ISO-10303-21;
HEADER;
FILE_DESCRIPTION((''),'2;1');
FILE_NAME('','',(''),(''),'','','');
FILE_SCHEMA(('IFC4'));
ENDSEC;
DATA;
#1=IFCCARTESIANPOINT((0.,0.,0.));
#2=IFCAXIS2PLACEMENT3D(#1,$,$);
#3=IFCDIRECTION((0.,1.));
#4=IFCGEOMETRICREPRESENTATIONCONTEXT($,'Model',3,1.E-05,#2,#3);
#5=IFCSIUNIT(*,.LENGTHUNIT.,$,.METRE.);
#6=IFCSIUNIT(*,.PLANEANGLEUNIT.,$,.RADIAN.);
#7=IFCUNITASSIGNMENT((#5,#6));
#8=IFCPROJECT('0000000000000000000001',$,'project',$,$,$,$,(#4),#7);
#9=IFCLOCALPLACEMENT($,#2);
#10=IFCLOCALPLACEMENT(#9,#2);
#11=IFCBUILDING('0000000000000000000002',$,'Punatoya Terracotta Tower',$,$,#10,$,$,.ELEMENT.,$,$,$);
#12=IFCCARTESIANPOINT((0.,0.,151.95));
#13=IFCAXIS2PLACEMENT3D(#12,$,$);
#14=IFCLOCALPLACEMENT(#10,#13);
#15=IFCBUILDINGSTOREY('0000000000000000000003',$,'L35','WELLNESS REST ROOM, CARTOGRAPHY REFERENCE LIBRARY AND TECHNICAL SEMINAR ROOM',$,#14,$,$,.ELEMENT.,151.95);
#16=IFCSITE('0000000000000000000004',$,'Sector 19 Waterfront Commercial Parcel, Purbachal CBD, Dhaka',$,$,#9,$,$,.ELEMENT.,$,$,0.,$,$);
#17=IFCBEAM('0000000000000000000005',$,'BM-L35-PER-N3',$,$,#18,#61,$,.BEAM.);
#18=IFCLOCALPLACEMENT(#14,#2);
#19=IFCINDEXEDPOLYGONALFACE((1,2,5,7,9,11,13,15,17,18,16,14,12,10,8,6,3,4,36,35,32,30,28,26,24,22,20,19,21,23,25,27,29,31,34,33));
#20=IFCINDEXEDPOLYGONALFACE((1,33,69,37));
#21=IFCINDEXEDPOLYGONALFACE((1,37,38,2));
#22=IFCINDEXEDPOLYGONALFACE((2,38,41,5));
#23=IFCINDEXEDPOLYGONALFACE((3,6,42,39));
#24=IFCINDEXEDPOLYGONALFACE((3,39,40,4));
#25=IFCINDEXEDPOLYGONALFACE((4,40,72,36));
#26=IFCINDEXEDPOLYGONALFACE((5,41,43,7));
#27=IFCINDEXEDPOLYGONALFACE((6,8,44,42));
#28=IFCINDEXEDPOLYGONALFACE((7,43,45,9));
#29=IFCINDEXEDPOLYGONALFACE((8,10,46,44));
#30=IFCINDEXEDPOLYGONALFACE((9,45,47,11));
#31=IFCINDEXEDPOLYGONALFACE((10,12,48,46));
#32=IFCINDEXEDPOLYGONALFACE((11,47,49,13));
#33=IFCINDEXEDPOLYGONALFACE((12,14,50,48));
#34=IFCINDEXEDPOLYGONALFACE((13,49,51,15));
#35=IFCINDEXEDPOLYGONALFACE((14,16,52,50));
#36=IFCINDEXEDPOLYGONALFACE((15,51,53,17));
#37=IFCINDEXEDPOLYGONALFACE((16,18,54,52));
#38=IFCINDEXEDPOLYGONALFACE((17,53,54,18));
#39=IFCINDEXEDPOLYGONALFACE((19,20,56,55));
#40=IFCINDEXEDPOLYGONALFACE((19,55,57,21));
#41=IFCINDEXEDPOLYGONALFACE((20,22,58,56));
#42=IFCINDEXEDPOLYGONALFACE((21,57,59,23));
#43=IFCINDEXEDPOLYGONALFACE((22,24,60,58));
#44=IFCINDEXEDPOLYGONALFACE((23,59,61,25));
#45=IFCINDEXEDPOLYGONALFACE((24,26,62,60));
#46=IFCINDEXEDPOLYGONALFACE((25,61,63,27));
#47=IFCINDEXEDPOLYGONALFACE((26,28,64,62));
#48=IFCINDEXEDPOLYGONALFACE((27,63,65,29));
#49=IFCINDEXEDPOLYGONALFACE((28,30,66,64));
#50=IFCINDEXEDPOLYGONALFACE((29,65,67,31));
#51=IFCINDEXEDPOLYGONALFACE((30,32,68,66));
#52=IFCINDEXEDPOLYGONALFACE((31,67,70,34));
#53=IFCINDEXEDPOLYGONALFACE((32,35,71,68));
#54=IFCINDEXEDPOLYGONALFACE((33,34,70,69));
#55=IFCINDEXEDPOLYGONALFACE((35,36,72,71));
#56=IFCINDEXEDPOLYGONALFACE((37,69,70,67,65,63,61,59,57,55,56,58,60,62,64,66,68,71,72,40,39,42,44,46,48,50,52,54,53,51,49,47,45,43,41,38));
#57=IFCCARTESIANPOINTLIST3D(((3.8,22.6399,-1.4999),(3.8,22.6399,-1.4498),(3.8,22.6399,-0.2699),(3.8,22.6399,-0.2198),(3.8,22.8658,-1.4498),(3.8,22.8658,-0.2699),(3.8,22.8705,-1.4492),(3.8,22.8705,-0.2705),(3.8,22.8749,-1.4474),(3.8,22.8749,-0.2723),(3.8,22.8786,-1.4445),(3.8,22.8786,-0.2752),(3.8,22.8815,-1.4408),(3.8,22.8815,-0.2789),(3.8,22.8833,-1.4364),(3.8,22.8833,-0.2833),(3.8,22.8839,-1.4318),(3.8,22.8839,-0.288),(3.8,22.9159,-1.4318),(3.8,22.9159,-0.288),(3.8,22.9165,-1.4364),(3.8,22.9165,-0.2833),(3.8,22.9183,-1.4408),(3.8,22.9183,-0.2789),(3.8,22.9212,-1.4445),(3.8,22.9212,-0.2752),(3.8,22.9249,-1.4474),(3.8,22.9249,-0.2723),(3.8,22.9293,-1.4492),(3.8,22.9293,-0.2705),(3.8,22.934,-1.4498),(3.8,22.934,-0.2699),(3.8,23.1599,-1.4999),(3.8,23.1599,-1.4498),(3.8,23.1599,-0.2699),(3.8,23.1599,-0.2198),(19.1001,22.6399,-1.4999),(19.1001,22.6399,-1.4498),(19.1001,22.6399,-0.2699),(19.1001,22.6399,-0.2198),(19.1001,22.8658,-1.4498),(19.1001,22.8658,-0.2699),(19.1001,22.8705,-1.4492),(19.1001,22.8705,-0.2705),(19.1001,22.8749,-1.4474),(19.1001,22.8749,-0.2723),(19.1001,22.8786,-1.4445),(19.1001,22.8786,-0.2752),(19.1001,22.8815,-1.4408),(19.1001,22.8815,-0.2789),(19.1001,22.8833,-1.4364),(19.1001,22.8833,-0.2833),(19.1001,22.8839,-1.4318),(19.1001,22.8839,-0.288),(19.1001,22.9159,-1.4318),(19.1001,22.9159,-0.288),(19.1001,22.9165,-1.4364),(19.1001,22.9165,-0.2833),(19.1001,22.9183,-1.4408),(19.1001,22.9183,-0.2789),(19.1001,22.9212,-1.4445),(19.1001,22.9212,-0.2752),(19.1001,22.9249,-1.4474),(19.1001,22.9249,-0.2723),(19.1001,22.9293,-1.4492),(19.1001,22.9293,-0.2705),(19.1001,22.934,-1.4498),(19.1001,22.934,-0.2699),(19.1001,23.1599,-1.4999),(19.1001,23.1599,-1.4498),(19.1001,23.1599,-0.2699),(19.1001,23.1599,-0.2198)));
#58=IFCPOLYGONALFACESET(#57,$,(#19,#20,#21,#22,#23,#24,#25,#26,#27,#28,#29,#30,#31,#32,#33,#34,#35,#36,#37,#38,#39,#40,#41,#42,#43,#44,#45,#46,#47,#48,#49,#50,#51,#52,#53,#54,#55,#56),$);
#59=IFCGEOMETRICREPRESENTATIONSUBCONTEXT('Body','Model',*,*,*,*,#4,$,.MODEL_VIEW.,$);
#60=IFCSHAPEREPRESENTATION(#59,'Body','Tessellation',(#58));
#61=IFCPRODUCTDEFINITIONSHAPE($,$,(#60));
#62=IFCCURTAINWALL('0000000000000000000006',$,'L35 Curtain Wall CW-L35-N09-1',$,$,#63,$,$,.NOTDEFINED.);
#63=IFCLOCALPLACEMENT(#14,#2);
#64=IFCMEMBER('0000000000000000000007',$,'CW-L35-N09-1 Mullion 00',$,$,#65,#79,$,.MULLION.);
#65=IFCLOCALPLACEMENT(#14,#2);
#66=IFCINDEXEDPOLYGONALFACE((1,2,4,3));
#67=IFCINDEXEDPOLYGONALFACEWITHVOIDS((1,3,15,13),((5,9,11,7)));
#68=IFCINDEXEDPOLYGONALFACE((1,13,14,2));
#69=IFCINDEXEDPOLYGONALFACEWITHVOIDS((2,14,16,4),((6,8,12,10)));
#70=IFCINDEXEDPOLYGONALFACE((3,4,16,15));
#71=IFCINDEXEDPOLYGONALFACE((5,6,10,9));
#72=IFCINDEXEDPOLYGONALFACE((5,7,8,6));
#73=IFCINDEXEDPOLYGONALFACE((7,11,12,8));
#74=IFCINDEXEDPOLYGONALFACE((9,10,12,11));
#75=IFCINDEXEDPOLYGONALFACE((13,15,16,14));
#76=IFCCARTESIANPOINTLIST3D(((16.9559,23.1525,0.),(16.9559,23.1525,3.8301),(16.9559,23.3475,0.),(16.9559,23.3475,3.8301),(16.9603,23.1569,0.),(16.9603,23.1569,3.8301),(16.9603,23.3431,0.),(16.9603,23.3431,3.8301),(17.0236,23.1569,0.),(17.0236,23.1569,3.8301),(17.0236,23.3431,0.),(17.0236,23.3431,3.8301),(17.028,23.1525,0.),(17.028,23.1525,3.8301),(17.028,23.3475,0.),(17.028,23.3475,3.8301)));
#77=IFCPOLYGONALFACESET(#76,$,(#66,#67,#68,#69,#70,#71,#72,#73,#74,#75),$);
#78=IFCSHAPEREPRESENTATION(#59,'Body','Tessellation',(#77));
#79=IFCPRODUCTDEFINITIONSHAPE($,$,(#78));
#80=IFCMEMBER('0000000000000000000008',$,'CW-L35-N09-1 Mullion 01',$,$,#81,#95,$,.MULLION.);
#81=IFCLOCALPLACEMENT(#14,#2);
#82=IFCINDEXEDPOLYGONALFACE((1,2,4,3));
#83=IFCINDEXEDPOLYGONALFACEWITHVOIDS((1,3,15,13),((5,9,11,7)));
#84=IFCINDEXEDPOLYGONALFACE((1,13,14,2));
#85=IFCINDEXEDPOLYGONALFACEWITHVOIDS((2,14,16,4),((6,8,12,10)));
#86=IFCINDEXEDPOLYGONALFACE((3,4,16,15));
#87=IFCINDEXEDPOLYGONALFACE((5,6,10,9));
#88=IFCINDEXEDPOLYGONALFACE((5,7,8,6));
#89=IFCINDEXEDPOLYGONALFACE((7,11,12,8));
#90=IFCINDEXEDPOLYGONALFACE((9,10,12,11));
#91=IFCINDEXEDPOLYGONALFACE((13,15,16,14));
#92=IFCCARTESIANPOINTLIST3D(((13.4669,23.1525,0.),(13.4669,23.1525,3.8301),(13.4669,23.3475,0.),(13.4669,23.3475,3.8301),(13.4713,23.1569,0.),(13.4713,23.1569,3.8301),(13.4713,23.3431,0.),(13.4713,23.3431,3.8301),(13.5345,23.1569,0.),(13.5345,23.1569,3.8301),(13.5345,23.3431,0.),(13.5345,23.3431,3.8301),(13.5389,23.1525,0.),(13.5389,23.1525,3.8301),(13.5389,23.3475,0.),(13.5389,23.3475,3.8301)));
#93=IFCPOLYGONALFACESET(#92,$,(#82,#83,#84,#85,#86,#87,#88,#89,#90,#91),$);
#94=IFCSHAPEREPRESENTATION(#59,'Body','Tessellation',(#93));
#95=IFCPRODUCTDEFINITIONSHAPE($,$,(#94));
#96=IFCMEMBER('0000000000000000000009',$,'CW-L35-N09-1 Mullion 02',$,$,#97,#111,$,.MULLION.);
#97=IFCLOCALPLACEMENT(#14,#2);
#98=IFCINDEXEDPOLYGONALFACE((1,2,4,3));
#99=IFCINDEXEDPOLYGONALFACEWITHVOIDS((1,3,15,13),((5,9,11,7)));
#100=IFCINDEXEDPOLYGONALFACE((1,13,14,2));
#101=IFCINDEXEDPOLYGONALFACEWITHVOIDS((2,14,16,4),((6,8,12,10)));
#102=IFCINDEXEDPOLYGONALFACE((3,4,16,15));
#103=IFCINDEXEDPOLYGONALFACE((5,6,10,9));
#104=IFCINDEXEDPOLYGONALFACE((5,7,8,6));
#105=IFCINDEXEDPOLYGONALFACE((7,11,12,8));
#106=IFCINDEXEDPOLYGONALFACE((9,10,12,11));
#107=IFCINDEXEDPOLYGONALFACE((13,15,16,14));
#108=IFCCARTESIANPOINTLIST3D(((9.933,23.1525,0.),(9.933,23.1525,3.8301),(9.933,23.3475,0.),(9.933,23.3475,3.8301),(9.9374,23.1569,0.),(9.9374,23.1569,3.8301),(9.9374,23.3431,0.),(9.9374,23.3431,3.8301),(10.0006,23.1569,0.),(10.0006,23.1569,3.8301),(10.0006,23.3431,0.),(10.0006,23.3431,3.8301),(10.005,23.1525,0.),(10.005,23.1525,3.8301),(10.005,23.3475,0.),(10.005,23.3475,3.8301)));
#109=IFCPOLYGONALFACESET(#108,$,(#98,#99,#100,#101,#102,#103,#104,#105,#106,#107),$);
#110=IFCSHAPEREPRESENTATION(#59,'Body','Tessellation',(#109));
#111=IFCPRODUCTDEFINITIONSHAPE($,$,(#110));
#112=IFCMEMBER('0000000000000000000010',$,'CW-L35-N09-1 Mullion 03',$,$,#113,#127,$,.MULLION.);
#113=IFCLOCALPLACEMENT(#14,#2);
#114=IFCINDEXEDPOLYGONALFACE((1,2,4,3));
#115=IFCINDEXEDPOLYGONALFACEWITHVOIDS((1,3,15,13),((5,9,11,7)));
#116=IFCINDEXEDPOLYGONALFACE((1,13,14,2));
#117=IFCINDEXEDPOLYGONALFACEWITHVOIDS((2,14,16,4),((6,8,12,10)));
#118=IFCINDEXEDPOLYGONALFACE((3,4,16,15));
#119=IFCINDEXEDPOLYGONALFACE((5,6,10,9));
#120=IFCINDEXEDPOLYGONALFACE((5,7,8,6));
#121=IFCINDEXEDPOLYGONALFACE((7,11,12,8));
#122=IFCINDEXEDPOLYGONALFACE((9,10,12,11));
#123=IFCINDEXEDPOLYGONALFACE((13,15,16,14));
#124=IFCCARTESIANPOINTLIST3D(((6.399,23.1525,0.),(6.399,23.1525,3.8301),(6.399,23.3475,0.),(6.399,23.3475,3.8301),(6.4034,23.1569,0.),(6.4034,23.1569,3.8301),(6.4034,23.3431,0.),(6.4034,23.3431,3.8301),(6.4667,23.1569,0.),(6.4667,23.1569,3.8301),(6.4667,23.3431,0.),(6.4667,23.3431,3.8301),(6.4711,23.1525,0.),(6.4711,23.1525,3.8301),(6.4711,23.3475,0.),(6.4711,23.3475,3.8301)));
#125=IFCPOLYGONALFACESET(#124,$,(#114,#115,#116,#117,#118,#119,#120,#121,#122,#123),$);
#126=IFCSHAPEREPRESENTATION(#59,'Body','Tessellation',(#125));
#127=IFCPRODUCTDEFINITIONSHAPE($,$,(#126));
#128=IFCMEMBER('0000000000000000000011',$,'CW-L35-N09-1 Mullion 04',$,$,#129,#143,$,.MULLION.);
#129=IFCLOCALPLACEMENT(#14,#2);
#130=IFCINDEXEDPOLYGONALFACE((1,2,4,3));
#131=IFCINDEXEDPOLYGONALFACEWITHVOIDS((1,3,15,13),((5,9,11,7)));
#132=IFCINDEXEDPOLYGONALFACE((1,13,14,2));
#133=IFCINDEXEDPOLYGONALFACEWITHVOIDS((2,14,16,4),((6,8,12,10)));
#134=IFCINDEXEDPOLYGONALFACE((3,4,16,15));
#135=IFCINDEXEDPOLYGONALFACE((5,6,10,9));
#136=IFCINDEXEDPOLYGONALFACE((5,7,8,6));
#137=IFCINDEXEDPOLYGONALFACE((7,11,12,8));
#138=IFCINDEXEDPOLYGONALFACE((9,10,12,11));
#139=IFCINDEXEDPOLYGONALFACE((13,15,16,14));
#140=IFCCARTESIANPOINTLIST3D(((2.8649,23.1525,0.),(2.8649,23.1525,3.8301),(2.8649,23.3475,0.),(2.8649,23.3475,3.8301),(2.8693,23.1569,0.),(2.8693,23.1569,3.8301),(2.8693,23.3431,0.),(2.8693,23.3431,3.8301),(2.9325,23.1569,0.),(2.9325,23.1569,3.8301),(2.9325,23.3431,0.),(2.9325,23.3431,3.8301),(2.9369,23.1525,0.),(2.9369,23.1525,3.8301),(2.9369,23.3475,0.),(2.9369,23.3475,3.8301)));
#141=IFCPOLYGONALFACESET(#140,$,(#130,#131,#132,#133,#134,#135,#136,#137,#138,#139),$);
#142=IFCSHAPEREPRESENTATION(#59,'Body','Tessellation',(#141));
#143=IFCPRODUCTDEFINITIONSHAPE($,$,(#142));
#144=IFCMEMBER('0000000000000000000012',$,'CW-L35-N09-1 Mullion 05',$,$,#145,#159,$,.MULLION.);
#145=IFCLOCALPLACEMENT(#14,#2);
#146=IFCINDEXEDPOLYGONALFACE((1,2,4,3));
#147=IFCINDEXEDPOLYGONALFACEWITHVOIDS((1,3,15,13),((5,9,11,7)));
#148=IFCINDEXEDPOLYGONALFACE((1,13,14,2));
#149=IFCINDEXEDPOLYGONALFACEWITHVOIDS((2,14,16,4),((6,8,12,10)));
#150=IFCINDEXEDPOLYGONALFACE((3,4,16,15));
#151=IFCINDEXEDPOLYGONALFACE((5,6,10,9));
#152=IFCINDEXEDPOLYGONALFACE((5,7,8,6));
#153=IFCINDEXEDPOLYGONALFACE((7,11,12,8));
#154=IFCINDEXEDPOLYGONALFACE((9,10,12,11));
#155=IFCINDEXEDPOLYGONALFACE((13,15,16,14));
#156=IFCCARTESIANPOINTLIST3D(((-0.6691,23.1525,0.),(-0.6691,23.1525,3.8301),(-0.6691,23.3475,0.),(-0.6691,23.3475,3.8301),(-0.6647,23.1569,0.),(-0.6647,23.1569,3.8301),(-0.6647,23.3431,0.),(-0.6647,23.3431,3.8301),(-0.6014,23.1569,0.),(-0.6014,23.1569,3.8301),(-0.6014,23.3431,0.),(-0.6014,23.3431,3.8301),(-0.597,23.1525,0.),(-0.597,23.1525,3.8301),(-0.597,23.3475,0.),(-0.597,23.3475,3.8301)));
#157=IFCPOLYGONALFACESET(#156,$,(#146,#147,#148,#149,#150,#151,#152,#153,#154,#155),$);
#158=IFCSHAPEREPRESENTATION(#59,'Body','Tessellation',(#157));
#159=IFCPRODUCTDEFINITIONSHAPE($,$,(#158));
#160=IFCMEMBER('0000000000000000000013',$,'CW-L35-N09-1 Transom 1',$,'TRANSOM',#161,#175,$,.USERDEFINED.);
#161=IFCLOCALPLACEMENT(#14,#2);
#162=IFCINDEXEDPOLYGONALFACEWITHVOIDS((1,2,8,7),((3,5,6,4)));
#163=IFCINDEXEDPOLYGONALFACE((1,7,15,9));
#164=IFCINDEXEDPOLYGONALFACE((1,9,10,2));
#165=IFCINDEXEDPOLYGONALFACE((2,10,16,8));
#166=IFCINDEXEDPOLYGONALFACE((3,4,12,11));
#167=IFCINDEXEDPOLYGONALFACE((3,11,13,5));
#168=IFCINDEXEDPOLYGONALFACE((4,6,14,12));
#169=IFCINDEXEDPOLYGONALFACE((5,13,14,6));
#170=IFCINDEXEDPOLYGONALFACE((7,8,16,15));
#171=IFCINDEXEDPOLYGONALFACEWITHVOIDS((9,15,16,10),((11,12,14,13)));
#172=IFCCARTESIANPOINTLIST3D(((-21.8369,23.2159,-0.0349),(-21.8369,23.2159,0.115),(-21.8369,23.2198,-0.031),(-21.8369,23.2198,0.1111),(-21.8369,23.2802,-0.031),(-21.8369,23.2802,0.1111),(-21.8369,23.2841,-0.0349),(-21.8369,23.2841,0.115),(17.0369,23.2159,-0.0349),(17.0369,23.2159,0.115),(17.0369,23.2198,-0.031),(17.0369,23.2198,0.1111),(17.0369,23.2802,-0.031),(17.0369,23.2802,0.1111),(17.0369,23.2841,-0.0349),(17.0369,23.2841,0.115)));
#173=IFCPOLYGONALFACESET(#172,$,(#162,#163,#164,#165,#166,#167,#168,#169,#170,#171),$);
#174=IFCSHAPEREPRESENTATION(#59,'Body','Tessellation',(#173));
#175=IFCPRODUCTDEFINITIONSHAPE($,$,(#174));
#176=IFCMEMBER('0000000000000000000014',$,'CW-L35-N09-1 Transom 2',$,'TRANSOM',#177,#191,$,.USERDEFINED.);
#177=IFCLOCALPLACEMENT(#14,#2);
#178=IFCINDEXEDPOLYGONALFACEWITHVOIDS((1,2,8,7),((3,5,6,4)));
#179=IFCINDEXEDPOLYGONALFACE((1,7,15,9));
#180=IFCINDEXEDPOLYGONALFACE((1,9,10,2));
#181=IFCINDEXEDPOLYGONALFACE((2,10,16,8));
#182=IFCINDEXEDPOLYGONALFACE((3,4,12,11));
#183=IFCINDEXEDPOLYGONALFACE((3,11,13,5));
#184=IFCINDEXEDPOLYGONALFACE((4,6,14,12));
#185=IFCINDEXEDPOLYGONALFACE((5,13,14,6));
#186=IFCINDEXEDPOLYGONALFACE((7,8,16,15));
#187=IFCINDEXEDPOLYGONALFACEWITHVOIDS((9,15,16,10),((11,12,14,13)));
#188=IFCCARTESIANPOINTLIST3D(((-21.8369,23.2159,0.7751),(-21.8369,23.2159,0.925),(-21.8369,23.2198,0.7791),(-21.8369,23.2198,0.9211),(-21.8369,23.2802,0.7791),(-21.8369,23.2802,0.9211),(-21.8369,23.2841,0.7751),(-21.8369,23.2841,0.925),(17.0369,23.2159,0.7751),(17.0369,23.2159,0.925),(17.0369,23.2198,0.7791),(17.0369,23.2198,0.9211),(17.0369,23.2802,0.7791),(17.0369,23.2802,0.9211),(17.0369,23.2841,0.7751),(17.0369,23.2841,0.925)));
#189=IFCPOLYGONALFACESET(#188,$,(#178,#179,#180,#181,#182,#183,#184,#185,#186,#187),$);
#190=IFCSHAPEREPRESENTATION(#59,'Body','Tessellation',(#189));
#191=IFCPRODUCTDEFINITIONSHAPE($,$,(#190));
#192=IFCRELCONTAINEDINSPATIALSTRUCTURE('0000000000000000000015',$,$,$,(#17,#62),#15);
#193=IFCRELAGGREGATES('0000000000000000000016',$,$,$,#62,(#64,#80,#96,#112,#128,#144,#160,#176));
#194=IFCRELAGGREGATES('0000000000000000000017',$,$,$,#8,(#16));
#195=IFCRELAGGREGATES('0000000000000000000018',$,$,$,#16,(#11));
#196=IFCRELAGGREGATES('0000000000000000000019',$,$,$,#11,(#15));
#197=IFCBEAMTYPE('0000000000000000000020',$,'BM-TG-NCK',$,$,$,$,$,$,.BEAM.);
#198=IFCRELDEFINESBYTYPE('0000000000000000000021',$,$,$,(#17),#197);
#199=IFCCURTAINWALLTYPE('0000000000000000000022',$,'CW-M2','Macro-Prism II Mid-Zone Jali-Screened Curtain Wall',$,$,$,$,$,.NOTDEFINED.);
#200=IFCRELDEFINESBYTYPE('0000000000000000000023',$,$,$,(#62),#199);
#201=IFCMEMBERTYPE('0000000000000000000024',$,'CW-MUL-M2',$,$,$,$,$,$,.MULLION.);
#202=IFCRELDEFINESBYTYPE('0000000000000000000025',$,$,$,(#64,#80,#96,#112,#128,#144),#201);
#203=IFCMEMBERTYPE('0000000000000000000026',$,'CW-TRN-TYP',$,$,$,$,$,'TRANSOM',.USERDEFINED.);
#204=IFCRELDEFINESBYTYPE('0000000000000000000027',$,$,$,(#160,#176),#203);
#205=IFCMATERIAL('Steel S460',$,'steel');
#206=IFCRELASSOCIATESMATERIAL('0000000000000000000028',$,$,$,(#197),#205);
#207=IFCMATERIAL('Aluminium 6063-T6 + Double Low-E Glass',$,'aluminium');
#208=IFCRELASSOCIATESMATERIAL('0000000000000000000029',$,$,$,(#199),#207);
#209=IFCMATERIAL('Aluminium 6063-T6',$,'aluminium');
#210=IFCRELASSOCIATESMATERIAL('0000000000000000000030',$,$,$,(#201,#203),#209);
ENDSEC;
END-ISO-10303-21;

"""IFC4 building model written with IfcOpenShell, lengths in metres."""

from ifc_helpers import new_model, si_unit, direction, frame, origin, origin_2d, place, context, subcontext, project, spatial, hollow_rectangle, i_section, extrude, material, material_profile, profile_set, type_object, element, aggregate, save


model = new_model("IFC4")

# Units and contexts
model_context = context("Model", 3, precision=1e-05, world=origin(), true_north=direction((0.0, 1.0)))
body_context = subcontext(model_context, "Body", "Model", "MODEL_VIEW")
ifc_project = project(units=[si_unit("LENGTHUNIT", "METRE"), si_unit("PLANEANGLEUNIT", "RADIAN")], contexts=[model_context])

# Site, building, storey
site_placement = place(None, origin())
site = spatial("IfcSite", under=ifc_project, at=site_placement, Name="Sector 19 Waterfront Commercial Parcel, Purbachal CBD, Dhaka", CompositionType="ELEMENT", RefElevation=0.0)
building_placement = place(site_placement, origin())
building = spatial("IfcBuilding", under=site, at=building_placement, Name="Punatoya Terracotta Tower", CompositionType="ELEMENT")
storey_placement = place(building_placement, frame((0.0, 0.0, 151.95)))
storey = spatial("IfcBuildingStorey", under=building, at=storey_placement, Name="L35", Description="WELLNESS REST ROOM, CARTOGRAPHY REFERENCE LIBRARY AND TECHNICAL SEMINAR ROOM", CompositionType="ELEMENT", Elevation=151.95)

# Shared definitions
ifc_material_1 = material(Name="Steel S460", Category="steel")

# Beam
ifc_material_profile_1 = material_profile(ifc_material_1, i_section(OverallWidth=0.52, OverallDepth=1.28, WebThickness=0.032, FlangeThickness=0.05, FilletRadius=0.0181, at=origin_2d()))
ifc_profile_set_1 = profile_set([ifc_material_profile_1], Name="Steel S460")
beam_type_1 = type_object("IfcBeamType", Name="BM-TG-NCK", PredefinedType="BEAM", material=ifc_profile_set_1)
beam_1_placement = place(storey_placement, frame((3.8, 22.8999, -0.8599), z_axis=(1.0, 0.0, 0.0), x_axis=(0.0, 1.0, 0.0)))
element("IfcBeam", 1, at=beam_1_placement, inside=storey, type_object=beam_type_1, Name="BM-L35-PER-N3", PredefinedType="BEAM", context=body_context, shape_type="SweptSolid", body=[
    extrude(i_section(OverallWidth=0.52, OverallDepth=1.28, WebThickness=0.032, FlangeThickness=0.05, FilletRadius=0.0181, at=origin_2d()), origin(), (0.0, 0.0, 1.0), 15.3),
])

# Curtain wall, members
ifc_material_2 = material(Name="Aluminium 6063-T6 + Double Low-E Glass", Category="aluminium")
curtain_wall_type = type_object("IfcCurtainWallType", Name="CW-M2", Description="Macro-Prism II Mid-Zone Jali-Screened Curtain Wall", PredefinedType="NOTDEFINED", material=ifc_material_2)
curtain_wall_placement = place(storey_placement, origin())
curtain_wall = element("IfcCurtainWall", 2, at=curtain_wall_placement, inside=storey, type_object=curtain_wall_type, Name="L35 Curtain Wall CW-L35-N09-1", PredefinedType="NOTDEFINED")
ifc_material_3 = material(Name="Aluminium 6063-T6", Category="aluminium")
ifc_material_profile_2 = material_profile(ifc_material_3, hollow_rectangle(XDim=0.072, YDim=0.1951, WallThickness=0.0044, at=origin_2d()))
ifc_profile_set_2 = profile_set([ifc_material_profile_2], Name="Aluminium 6063-T6")
member_type_1 = type_object("IfcMemberType", Name="CW-MUL-M2", PredefinedType="MULLION", material=ifc_profile_set_2)
member_1_placement = place(storey_placement, frame((16.9919, 23.25, 0.0), z_axis=(0.0, 0.0, 1.0), x_axis=(1.0, 0.0, 0.0)))
member_1 = element("IfcMember", 3, at=member_1_placement, type_object=member_type_1, Name="CW-L35-N09-1 Mullion 00", PredefinedType="MULLION", context=body_context, shape_type="SweptSolid", body=[
    extrude(hollow_rectangle(XDim=0.072, YDim=0.1951, WallThickness=0.0044, at=origin_2d()), origin(), (0.0, 0.0, 1.0), 3.8301),
])
member_2_placement = place(storey_placement, frame((13.5029, 23.25, 0.0), z_axis=(0.0, 0.0, 1.0), x_axis=(1.0, 0.0, 0.0)))
member_2 = element("IfcMember", 4, at=member_2_placement, type_object=member_type_1, Name="CW-L35-N09-1 Mullion 01", PredefinedType="MULLION", context=body_context, shape_type="SweptSolid", body=[
    extrude(hollow_rectangle(XDim=0.072, YDim=0.1951, WallThickness=0.0044, at=origin_2d()), origin(), (0.0, 0.0, 1.0), 3.8301),
])
member_3_placement = place(storey_placement, frame((9.969, 23.25, 0.0), z_axis=(0.0, 0.0, 1.0), x_axis=(1.0, 0.0, 0.0)))
member_3 = element("IfcMember", 5, at=member_3_placement, type_object=member_type_1, Name="CW-L35-N09-1 Mullion 02", PredefinedType="MULLION", context=body_context, shape_type="SweptSolid", body=[
    extrude(hollow_rectangle(XDim=0.072, YDim=0.1951, WallThickness=0.0044, at=origin_2d()), origin(), (0.0, 0.0, 1.0), 3.8301),
])
member_4_placement = place(storey_placement, frame((6.4351, 23.25, 0.0), z_axis=(0.0, 0.0, 1.0), x_axis=(1.0, 0.0, 0.0)))
member_4 = element("IfcMember", 6, at=member_4_placement, type_object=member_type_1, Name="CW-L35-N09-1 Mullion 03", PredefinedType="MULLION", context=body_context, shape_type="SweptSolid", body=[
    extrude(hollow_rectangle(XDim=0.072, YDim=0.1951, WallThickness=0.0044, at=origin_2d()), origin(), (0.0, 0.0, 1.0), 3.8301),
])
member_5_placement = place(storey_placement, frame((2.9009, 23.25, 0.0), z_axis=(0.0, 0.0, 1.0), x_axis=(1.0, 0.0, 0.0)))
member_5 = element("IfcMember", 7, at=member_5_placement, type_object=member_type_1, Name="CW-L35-N09-1 Mullion 04", PredefinedType="MULLION", context=body_context, shape_type="SweptSolid", body=[
    extrude(hollow_rectangle(XDim=0.072, YDim=0.1951, WallThickness=0.0044, at=origin_2d()), origin(), (0.0, 0.0, 1.0), 3.8301),
])
member_6_placement = place(storey_placement, frame((-0.6331, 23.25, 0.0), z_axis=(0.0, 0.0, 1.0), x_axis=(1.0, 0.0, 0.0)))
member_6 = element("IfcMember", 8, at=member_6_placement, type_object=member_type_1, Name="CW-L35-N09-1 Mullion 05", PredefinedType="MULLION", context=body_context, shape_type="SweptSolid", body=[
    extrude(hollow_rectangle(XDim=0.072, YDim=0.1951, WallThickness=0.0044, at=origin_2d()), origin(), (0.0, 0.0, 1.0), 3.8301),
])
ifc_material_profile_3 = material_profile(ifc_material_3, hollow_rectangle(XDim=0.0681, YDim=0.1499, WallThickness=0.0039, at=origin_2d()))
ifc_profile_set_3 = profile_set([ifc_material_profile_3], Name="Aluminium 6063-T6")
member_type_2 = type_object("IfcMemberType", Name="CW-TRN-TYP", ElementType="TRANSOM", PredefinedType="USERDEFINED", material=ifc_profile_set_3)
member_7_placement = place(storey_placement, frame((17.0369, 23.25, 0.04), z_axis=(-1.0, 0.0, 0.0), x_axis=(0.0, -1.0, 0.0)))
member_7 = element("IfcMember", 9, at=member_7_placement, type_object=member_type_2, Name="CW-L35-N09-1 Transom 1", ObjectType="TRANSOM", PredefinedType="USERDEFINED", context=body_context, shape_type="SweptSolid", body=[
    extrude(hollow_rectangle(XDim=0.0681, YDim=0.1499, WallThickness=0.0039, at=origin_2d()), origin(), (0.0, 0.0, 1.0), 38.8738),
])
member_8_placement = place(storey_placement, frame((17.0369, 23.25, 0.8501), z_axis=(-1.0, 0.0, 0.0), x_axis=(0.0, -1.0, 0.0)))
member_8 = element("IfcMember", 10, at=member_8_placement, type_object=member_type_2, Name="CW-L35-N09-1 Transom 2", ObjectType="TRANSOM", PredefinedType="USERDEFINED", context=body_context, shape_type="SweptSolid", body=[
    extrude(hollow_rectangle(XDim=0.0681, YDim=0.1499, WallThickness=0.0039, at=origin_2d()), origin(), (0.0, 0.0, 1.0), 38.8738),
])
aggregate(curtain_wall, [member_1, member_2, member_3, member_4, member_5, member_6, member_7, member_8])

save(model, "model.ifc")
